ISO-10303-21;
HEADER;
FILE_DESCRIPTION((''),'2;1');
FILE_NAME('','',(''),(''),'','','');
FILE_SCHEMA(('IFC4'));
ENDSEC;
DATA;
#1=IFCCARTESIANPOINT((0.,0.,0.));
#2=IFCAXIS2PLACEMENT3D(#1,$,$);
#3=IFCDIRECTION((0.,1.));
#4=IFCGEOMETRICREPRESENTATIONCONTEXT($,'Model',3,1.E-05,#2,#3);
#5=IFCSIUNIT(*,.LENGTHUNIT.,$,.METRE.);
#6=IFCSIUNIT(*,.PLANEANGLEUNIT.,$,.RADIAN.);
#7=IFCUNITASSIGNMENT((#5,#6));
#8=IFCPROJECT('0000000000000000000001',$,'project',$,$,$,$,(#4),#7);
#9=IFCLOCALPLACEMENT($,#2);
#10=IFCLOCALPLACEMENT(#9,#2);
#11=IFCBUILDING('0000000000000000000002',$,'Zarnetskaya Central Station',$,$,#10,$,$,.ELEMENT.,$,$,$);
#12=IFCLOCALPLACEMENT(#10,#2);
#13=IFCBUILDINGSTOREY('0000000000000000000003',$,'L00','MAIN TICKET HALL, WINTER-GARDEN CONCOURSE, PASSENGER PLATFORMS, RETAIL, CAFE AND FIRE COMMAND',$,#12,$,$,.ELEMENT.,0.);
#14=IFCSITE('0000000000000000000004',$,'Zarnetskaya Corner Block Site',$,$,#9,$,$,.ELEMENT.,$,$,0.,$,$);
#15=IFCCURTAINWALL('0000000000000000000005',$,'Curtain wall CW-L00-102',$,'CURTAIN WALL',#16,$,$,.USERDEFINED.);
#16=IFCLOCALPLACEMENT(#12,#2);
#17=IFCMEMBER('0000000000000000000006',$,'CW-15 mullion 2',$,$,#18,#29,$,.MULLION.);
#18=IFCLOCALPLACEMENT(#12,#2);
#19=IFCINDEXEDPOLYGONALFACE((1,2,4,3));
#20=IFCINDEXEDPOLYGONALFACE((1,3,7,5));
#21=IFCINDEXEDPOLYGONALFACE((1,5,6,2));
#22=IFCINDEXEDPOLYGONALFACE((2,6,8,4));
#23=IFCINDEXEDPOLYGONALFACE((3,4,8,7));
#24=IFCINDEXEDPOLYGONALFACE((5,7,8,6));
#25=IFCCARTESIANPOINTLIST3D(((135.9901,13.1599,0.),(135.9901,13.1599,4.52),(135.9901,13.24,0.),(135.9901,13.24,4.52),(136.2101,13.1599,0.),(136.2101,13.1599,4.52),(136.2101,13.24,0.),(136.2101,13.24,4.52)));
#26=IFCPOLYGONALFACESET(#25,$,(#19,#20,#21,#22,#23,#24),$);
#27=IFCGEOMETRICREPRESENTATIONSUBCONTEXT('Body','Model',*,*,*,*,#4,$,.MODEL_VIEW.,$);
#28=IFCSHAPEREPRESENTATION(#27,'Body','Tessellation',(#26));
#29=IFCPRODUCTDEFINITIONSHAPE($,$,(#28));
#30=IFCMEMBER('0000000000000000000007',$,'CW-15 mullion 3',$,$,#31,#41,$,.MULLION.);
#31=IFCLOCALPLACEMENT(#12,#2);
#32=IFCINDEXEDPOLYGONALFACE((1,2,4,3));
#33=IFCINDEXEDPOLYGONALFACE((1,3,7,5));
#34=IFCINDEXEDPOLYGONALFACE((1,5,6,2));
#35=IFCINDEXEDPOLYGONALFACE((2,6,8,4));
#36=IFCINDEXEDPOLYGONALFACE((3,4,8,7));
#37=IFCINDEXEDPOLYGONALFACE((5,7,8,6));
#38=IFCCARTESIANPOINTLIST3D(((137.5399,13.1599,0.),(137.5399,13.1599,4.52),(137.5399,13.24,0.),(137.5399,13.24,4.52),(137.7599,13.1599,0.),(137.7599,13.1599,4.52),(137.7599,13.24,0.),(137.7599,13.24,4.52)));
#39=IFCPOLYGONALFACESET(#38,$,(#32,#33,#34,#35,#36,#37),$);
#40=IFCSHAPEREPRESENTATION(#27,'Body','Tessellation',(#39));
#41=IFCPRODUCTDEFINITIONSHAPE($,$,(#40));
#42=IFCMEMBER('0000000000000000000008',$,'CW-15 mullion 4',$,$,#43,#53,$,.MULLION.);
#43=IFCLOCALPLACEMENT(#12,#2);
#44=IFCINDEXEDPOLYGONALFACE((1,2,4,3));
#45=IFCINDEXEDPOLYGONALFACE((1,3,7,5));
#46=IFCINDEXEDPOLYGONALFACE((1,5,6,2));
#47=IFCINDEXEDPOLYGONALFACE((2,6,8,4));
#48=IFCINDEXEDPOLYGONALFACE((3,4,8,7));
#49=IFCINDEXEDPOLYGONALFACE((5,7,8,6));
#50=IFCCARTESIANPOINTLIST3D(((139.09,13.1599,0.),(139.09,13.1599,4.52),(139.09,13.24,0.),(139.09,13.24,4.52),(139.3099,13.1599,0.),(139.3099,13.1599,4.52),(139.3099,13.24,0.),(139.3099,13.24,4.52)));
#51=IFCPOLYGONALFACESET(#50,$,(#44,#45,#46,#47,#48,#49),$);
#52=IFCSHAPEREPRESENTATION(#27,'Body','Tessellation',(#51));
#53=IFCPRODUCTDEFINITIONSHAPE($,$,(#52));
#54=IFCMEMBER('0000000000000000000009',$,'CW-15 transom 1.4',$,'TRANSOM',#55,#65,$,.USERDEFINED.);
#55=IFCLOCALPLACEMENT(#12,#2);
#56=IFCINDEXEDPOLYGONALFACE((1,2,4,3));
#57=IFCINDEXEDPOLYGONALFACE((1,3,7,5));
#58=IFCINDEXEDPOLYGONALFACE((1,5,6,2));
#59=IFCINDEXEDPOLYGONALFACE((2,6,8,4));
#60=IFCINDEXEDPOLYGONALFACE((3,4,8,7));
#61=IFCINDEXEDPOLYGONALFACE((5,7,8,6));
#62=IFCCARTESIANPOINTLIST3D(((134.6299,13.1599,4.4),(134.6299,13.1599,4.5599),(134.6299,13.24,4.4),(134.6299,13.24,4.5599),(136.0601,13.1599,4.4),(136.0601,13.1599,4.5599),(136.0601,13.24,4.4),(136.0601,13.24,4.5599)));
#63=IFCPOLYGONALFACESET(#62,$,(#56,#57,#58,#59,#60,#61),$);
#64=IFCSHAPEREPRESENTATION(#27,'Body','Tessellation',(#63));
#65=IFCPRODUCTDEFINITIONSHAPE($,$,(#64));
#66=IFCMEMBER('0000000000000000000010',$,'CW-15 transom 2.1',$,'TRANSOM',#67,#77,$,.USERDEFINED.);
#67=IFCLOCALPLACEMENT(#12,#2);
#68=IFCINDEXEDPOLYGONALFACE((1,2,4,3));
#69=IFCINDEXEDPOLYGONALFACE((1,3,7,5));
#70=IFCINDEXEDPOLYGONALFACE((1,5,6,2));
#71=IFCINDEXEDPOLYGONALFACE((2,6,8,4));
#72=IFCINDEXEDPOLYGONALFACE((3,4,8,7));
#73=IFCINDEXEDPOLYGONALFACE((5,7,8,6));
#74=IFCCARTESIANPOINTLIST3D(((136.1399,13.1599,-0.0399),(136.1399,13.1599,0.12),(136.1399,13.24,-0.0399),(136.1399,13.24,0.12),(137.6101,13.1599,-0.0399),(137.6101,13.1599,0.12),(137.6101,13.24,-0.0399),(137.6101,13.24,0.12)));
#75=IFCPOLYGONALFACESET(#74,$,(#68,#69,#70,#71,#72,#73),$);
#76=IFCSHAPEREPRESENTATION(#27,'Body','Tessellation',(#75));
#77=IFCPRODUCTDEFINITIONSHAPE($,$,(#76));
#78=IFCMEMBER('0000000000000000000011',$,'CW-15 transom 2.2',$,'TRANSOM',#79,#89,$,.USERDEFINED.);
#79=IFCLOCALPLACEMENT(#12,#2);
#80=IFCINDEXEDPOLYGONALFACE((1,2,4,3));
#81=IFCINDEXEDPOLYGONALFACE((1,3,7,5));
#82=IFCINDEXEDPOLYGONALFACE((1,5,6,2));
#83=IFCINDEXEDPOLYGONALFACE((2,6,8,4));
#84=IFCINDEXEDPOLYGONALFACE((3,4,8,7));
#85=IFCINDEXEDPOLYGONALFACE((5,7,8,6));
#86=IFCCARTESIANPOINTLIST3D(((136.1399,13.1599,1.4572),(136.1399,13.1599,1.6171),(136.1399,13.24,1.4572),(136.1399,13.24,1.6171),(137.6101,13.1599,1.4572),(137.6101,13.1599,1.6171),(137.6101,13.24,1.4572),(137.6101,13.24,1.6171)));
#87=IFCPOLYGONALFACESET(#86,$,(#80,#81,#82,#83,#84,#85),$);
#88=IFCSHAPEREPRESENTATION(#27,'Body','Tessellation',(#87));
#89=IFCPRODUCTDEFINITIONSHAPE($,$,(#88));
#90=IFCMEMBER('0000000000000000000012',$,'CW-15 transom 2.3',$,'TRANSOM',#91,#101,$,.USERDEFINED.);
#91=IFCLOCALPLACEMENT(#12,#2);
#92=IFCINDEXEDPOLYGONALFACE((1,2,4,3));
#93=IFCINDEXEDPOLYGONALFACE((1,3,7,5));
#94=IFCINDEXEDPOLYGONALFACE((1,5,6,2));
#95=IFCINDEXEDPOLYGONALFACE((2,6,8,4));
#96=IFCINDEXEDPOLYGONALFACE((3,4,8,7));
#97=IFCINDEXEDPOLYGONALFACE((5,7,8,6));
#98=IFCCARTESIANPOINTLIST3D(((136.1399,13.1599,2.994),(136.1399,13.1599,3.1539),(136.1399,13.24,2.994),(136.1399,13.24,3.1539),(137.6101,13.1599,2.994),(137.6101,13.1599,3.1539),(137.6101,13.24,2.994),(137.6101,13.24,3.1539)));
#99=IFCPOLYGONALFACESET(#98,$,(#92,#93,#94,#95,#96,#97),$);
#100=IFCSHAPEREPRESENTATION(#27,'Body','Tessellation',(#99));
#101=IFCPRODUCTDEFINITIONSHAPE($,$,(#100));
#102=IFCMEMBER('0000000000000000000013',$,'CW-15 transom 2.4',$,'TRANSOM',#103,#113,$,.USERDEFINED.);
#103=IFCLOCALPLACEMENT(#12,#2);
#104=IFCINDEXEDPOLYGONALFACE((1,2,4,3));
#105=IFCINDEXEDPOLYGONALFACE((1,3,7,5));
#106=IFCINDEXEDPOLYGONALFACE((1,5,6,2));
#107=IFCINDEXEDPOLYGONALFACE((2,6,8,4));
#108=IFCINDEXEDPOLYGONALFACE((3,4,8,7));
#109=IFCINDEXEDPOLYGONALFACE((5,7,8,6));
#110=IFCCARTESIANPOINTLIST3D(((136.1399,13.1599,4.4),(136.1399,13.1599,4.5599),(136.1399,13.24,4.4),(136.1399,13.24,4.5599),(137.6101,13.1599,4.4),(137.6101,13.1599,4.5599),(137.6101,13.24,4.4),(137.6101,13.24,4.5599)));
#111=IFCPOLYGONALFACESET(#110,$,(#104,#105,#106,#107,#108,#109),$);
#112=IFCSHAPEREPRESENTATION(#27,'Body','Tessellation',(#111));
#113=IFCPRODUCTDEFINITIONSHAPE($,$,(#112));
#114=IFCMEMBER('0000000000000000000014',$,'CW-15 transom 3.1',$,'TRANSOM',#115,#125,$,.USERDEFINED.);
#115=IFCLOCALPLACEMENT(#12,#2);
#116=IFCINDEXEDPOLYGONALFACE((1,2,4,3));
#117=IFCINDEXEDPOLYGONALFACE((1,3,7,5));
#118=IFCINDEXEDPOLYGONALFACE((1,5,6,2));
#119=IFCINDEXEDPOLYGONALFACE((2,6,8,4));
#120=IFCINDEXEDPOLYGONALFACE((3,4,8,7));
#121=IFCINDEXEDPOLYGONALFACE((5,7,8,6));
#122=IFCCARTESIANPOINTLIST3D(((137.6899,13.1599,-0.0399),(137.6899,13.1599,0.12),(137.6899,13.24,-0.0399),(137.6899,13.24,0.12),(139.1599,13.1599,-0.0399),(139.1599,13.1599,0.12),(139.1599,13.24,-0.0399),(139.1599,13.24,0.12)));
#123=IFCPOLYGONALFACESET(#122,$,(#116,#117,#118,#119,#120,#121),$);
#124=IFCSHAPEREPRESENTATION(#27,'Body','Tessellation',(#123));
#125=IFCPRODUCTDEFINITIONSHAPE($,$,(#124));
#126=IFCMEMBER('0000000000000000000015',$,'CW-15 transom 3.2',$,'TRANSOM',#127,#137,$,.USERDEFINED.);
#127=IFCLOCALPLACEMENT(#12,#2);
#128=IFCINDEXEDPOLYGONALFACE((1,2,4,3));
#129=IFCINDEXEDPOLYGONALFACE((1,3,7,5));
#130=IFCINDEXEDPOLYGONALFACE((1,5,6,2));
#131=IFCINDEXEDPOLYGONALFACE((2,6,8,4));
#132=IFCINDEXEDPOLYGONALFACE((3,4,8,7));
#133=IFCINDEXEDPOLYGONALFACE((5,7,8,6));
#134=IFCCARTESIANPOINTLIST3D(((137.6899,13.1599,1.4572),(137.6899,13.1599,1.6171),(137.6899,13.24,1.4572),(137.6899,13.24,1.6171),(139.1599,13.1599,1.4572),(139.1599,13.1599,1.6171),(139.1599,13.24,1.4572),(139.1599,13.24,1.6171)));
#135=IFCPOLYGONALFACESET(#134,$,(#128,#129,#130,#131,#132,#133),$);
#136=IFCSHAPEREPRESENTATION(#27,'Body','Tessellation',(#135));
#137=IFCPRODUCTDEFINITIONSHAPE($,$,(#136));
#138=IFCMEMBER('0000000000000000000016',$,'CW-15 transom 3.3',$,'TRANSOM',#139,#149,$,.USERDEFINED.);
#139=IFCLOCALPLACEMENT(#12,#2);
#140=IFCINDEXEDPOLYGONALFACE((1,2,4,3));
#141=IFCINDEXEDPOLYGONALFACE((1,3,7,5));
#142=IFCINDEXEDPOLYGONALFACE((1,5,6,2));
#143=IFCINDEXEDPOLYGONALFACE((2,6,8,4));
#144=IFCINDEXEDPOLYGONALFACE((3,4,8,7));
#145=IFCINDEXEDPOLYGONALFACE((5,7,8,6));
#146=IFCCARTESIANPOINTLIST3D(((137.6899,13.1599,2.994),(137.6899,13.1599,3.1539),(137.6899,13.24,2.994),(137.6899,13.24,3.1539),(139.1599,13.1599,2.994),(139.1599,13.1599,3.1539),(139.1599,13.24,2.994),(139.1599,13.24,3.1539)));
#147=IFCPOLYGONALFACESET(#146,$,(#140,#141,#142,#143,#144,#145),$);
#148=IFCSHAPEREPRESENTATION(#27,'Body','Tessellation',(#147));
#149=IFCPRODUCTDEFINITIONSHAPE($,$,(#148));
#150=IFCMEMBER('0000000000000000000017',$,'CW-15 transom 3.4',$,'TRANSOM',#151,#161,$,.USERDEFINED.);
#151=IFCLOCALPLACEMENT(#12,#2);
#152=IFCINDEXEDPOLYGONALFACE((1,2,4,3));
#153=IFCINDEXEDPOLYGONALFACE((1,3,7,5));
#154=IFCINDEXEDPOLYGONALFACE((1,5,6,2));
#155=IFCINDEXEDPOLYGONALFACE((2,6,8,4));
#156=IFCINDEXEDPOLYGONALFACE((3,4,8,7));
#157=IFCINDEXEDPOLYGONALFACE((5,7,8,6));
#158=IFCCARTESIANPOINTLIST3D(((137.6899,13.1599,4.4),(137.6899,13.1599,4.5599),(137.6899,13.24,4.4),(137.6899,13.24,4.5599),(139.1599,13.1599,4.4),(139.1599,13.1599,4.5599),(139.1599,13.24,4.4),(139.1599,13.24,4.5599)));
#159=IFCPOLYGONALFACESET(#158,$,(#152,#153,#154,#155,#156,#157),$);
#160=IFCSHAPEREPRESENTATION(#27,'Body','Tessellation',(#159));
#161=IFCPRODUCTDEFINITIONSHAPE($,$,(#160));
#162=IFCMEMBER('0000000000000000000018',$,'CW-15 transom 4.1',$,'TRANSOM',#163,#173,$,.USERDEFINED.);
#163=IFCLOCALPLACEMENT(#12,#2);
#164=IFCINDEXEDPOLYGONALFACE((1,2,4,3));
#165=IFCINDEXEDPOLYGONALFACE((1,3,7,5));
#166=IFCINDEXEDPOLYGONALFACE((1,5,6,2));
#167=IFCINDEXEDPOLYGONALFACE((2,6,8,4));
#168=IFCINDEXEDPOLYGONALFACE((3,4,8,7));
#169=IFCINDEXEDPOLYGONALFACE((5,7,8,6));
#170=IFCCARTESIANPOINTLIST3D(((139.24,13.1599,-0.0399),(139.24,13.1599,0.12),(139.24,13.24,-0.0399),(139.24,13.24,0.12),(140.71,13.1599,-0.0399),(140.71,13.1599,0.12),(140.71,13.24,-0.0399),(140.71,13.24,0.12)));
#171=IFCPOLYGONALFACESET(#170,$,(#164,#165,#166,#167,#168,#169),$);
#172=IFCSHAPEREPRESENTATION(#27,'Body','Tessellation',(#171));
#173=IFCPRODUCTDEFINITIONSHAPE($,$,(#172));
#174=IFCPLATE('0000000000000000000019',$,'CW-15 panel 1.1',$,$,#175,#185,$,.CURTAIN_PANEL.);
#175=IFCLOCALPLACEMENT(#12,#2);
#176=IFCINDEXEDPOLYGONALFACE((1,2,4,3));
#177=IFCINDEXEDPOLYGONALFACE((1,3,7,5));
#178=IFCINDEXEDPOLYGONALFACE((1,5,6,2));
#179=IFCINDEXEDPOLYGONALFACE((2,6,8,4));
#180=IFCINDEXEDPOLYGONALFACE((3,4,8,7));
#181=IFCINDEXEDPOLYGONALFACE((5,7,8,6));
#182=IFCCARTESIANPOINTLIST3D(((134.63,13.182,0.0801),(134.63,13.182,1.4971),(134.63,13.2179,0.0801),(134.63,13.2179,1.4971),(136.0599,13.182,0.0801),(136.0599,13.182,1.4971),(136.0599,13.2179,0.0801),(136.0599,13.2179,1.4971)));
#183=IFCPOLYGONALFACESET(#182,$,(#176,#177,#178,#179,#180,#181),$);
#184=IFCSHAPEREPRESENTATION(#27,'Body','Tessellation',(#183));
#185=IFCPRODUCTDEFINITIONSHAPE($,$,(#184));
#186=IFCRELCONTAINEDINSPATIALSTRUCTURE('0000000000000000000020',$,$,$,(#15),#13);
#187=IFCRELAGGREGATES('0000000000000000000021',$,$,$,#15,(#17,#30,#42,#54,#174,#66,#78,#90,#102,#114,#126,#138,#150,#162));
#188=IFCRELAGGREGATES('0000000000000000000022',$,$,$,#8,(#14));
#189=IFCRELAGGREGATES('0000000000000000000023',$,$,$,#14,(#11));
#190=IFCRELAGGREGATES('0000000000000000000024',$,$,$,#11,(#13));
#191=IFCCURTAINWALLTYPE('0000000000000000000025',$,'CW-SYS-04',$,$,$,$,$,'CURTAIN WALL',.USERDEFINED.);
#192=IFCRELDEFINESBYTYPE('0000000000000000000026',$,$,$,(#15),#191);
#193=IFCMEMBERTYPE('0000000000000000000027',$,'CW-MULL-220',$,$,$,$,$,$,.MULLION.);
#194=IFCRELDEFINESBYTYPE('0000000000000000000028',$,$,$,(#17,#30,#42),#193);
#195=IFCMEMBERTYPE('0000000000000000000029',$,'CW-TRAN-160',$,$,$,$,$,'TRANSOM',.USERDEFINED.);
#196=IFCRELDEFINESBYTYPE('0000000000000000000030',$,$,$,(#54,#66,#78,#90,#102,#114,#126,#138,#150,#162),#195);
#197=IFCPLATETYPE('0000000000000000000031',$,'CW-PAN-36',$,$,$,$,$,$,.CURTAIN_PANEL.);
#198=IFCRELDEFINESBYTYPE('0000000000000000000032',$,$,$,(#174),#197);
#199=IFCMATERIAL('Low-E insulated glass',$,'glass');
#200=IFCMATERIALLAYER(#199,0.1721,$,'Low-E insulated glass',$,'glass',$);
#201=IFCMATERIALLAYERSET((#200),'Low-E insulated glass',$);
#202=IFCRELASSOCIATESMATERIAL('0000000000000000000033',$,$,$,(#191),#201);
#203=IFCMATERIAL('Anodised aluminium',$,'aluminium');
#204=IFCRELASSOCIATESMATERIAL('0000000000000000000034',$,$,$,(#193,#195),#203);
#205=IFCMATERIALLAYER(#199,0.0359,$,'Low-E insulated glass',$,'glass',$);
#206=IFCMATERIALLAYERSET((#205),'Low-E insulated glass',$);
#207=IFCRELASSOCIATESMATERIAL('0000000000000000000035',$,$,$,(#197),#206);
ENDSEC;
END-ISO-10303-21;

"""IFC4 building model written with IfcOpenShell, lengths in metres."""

from ifc_helpers import new_model, si_unit, direction, frame, origin, origin_2d, place, context, subcontext, project, spatial, rectangle, extrude, material, layer, layer_set, material_profile, profile_set, type_object, element, aggregate, save


model = new_model("IFC4")

# Units and contexts
model_context = context("Model", 3, precision=1e-05, world=origin(), true_north=direction((0.0, 1.0)))
body_context = subcontext(model_context, "Body", "Model", "MODEL_VIEW")
ifc_project = project(units=[si_unit("LENGTHUNIT", "METRE"), si_unit("PLANEANGLEUNIT", "RADIAN")], contexts=[model_context])

# Site, building, storey
site_placement = place(None, origin())
site = spatial("IfcSite", under=ifc_project, at=site_placement, Name="Zarnetskaya Corner Block Site", CompositionType="ELEMENT", RefElevation=0.0)
building_placement = place(site_placement, origin())
building = spatial("IfcBuilding", under=site, at=building_placement, Name="Zarnetskaya Central Station", CompositionType="ELEMENT")
storey_placement = place(building_placement, origin())
storey = spatial("IfcBuildingStorey", under=building, at=storey_placement, Name="L00", Description="MAIN TICKET HALL, WINTER-GARDEN CONCOURSE, PASSENGER PLATFORMS, RETAIL, CAFE AND FIRE COMMAND", CompositionType="ELEMENT", Elevation=0.0)

# Curtain wall, members, plate
ifc_material_1 = material(Name="Low-E insulated glass", Category="glass")
ifc_layer_1 = layer(ifc_material_1, 0.1721, Name="Low-E insulated glass", Category="glass")
ifc_layer_set_1 = layer_set([ifc_layer_1], Name="Low-E insulated glass")
curtain_wall_type = type_object("IfcCurtainWallType", Name="CW-SYS-04", ElementType="CURTAIN WALL", PredefinedType="USERDEFINED", material=ifc_layer_set_1)
curtain_wall_placement = place(storey_placement, origin())
curtain_wall = element("IfcCurtainWall", 1, at=curtain_wall_placement, inside=storey, type_object=curtain_wall_type, Name="Curtain wall CW-L00-102", ObjectType="CURTAIN WALL", PredefinedType="USERDEFINED")
ifc_material_2 = material(Name="Anodised aluminium", Category="aluminium")
ifc_material_profile_1 = material_profile(ifc_material_2, rectangle(XDim=0.0801, YDim=0.22, at=origin_2d()), Name="ALU MULL 80x220")
ifc_profile_set_1 = profile_set([ifc_material_profile_1], Name="Anodised aluminium")
member_type_1 = type_object("IfcMemberType", Name="CW-MULL-220", PredefinedType="MULLION", material=ifc_profile_set_1)
member_1_placement = place(storey_placement, frame((136.1001, 13.2, 0.0), z_axis=(0.0, 0.0, 1.0), x_axis=(0.0, 1.0, 0.0)))
member_1 = element("IfcMember", 2, at=member_1_placement, type_object=member_type_1, Name="CW-15 mullion 2", PredefinedType="MULLION", context=body_context, shape_type="SweptSolid", body=[
    extrude(rectangle(XDim=0.0801, YDim=0.22, at=origin_2d()), origin(), (0.0, 0.0, 1.0), 4.52),
])
member_2_placement = place(storey_placement, frame((137.6499, 13.2, 0.0), z_axis=(0.0, 0.0, 1.0), x_axis=(0.0, 1.0, 0.0)))
member_2 = element("IfcMember", 3, at=member_2_placement, type_object=member_type_1, Name="CW-15 mullion 3", PredefinedType="MULLION", context=body_context, shape_type="SweptSolid", body=[
    extrude(rectangle(XDim=0.0801, YDim=0.22, at=origin_2d()), origin(), (0.0, 0.0, 1.0), 4.52),
])
member_3_placement = place(storey_placement, frame((139.2, 13.2, 0.0), z_axis=(0.0, 0.0, 1.0), x_axis=(0.0, 1.0, 0.0)))
member_3 = element("IfcMember", 4, at=member_3_placement, type_object=member_type_1, Name="CW-15 mullion 4", PredefinedType="MULLION", context=body_context, shape_type="SweptSolid", body=[
    extrude(rectangle(XDim=0.0801, YDim=0.22, at=origin_2d()), origin(), (0.0, 0.0, 1.0), 4.52),
])
ifc_material_profile_2 = material_profile(ifc_material_2, rectangle(XDim=0.0801, YDim=0.1599, at=origin_2d()), Name="ALU TRAN 80x160")
ifc_profile_set_2 = profile_set([ifc_material_profile_2], Name="Anodised aluminium")
member_type_2 = type_object("IfcMemberType", Name="CW-TRAN-160", ElementType="TRANSOM", PredefinedType="USERDEFINED", material=ifc_profile_set_2)
member_4_placement = place(storey_placement, frame((134.6299, 13.2, 4.48), z_axis=(1.0, 0.0, 0.0), x_axis=(0.0, 1.0, 0.0)))
member_4 = element("IfcMember", 5, at=member_4_placement, type_object=member_type_2, Name="CW-15 transom 1.4", ObjectType="TRANSOM", PredefinedType="USERDEFINED", context=body_context, shape_type="SweptSolid", body=[
    extrude(rectangle(XDim=0.0801, YDim=0.1599, at=origin_2d()), origin(), (0.0, 0.0, 1.0), 1.4302),
])
member_5_placement = place(storey_placement, frame((136.1399, 13.2, 0.04), z_axis=(1.0, 0.0, 0.0), x_axis=(0.0, 1.0, 0.0)))
member_5 = element("IfcMember", 6, at=member_5_placement, type_object=member_type_2, Name="CW-15 transom 2.1", ObjectType="TRANSOM", PredefinedType="USERDEFINED", context=body_context, shape_type="SweptSolid", body=[
    extrude(rectangle(XDim=0.0801, YDim=0.1599, at=origin_2d()), origin(), (0.0, 0.0, 1.0), 1.4702),
])
member_6_placement = place(storey_placement, frame((136.1399, 13.2, 1.5371), z_axis=(1.0, 0.0, 0.0), x_axis=(0.0, 1.0, 0.0)))
member_6 = element("IfcMember", 7, at=member_6_placement, type_object=member_type_2, Name="CW-15 transom 2.2", ObjectType="TRANSOM", PredefinedType="USERDEFINED", context=body_context, shape_type="SweptSolid", body=[
    extrude(rectangle(XDim=0.0801, YDim=0.1599, at=origin_2d()), origin(), (0.0, 0.0, 1.0), 1.4702),
])
member_7_placement = place(storey_placement, frame((136.1399, 13.2, 3.074), z_axis=(1.0, 0.0, 0.0), x_axis=(0.0, 1.0, 0.0)))
member_7 = element("IfcMember", 8, at=member_7_placement, type_object=member_type_2, Name="CW-15 transom 2.3", ObjectType="TRANSOM", PredefinedType="USERDEFINED", context=body_context, shape_type="SweptSolid", body=[
    extrude(rectangle(XDim=0.0801, YDim=0.1599, at=origin_2d()), origin(), (0.0, 0.0, 1.0), 1.4702),
])
member_8_placement = place(storey_placement, frame((136.1399, 13.2, 4.48), z_axis=(1.0, 0.0, 0.0), x_axis=(0.0, 1.0, 0.0)))
member_8 = element("IfcMember", 9, at=member_8_placement, type_object=member_type_2, Name="CW-15 transom 2.4", ObjectType="TRANSOM", PredefinedType="USERDEFINED", context=body_context, shape_type="SweptSolid", body=[
    extrude(rectangle(XDim=0.0801, YDim=0.1599, at=origin_2d()), origin(), (0.0, 0.0, 1.0), 1.4702),
])
member_9_placement = place(storey_placement, frame((137.6899, 13.2, 0.04), z_axis=(1.0, 0.0, 0.0), x_axis=(0.0, 1.0, 0.0)))
member_9 = element("IfcMember", 10, at=member_9_placement, type_object=member_type_2, Name="CW-15 transom 3.1", ObjectType="TRANSOM", PredefinedType="USERDEFINED", context=body_context, shape_type="SweptSolid", body=[
    extrude(rectangle(XDim=0.0801, YDim=0.1599, at=origin_2d()), origin(), (0.0, 0.0, 1.0), 1.47),
])
member_10_placement = place(storey_placement, frame((137.6899, 13.2, 1.5371), z_axis=(1.0, 0.0, 0.0), x_axis=(0.0, 1.0, 0.0)))
member_10 = element("IfcMember", 11, at=member_10_placement, type_object=member_type_2, Name="CW-15 transom 3.2", ObjectType="TRANSOM", PredefinedType="USERDEFINED", context=body_context, shape_type="SweptSolid", body=[
    extrude(rectangle(XDim=0.0801, YDim=0.1599, at=origin_2d()), origin(), (0.0, 0.0, 1.0), 1.47),
])
member_11_placement = place(storey_placement, frame((137.6899, 13.2, 3.074), z_axis=(1.0, 0.0, 0.0), x_axis=(0.0, 1.0, 0.0)))
member_11 = element("IfcMember", 12, at=member_11_placement, type_object=member_type_2, Name="CW-15 transom 3.3", ObjectType="TRANSOM", PredefinedType="USERDEFINED", context=body_context, shape_type="SweptSolid", body=[
    extrude(rectangle(XDim=0.0801, YDim=0.1599, at=origin_2d()), origin(), (0.0, 0.0, 1.0), 1.47),
])
member_12_placement = place(storey_placement, frame((137.6899, 13.2, 4.48), z_axis=(1.0, 0.0, 0.0), x_axis=(0.0, 1.0, 0.0)))
member_12 = element("IfcMember", 13, at=member_12_placement, type_object=member_type_2, Name="CW-15 transom 3.4", ObjectType="TRANSOM", PredefinedType="USERDEFINED", context=body_context, shape_type="SweptSolid", body=[
    extrude(rectangle(XDim=0.0801, YDim=0.1599, at=origin_2d()), origin(), (0.0, 0.0, 1.0), 1.47),
])
member_13_placement = place(storey_placement, frame((139.24, 13.2, 0.04), z_axis=(1.0, 0.0, 0.0), x_axis=(0.0, 1.0, 0.0)))
member_13 = element("IfcMember", 14, at=member_13_placement, type_object=member_type_2, Name="CW-15 transom 4.1", ObjectType="TRANSOM", PredefinedType="USERDEFINED", context=body_context, shape_type="SweptSolid", body=[
    extrude(rectangle(XDim=0.0801, YDim=0.1599, at=origin_2d()), origin(), (0.0, 0.0, 1.0), 1.47),
])
ifc_layer_2 = layer(ifc_material_1, 0.0359, Name="Low-E insulated glass", Category="glass")
ifc_layer_set_2 = layer_set([ifc_layer_2], Name="Low-E insulated glass")
plate_type = type_object("IfcPlateType", Name="CW-PAN-36", PredefinedType="CURTAIN_PANEL", material=ifc_layer_set_2)
plate_1_placement = place(storey_placement, frame((135.345, 13.2, 0.0801), z_axis=(0.0, 0.0, 1.0), x_axis=(1.0, 0.0, 0.0)))
plate_1 = element("IfcPlate", 15, at=plate_1_placement, type_object=plate_type, Name="CW-15 panel 1.1", PredefinedType="CURTAIN_PANEL", context=body_context, shape_type="SweptSolid", body=[
    extrude(rectangle(XDim=1.4299, YDim=0.0359, at=origin_2d()), origin(), (0.0, 0.0, 1.0), 1.417),
])
aggregate(curtain_wall, [member_1, member_2, member_3, member_4, plate_1, member_5, member_6, member_7, member_8, member_9, member_10, member_11, member_12, member_13])

save(model, "model.ifc")
